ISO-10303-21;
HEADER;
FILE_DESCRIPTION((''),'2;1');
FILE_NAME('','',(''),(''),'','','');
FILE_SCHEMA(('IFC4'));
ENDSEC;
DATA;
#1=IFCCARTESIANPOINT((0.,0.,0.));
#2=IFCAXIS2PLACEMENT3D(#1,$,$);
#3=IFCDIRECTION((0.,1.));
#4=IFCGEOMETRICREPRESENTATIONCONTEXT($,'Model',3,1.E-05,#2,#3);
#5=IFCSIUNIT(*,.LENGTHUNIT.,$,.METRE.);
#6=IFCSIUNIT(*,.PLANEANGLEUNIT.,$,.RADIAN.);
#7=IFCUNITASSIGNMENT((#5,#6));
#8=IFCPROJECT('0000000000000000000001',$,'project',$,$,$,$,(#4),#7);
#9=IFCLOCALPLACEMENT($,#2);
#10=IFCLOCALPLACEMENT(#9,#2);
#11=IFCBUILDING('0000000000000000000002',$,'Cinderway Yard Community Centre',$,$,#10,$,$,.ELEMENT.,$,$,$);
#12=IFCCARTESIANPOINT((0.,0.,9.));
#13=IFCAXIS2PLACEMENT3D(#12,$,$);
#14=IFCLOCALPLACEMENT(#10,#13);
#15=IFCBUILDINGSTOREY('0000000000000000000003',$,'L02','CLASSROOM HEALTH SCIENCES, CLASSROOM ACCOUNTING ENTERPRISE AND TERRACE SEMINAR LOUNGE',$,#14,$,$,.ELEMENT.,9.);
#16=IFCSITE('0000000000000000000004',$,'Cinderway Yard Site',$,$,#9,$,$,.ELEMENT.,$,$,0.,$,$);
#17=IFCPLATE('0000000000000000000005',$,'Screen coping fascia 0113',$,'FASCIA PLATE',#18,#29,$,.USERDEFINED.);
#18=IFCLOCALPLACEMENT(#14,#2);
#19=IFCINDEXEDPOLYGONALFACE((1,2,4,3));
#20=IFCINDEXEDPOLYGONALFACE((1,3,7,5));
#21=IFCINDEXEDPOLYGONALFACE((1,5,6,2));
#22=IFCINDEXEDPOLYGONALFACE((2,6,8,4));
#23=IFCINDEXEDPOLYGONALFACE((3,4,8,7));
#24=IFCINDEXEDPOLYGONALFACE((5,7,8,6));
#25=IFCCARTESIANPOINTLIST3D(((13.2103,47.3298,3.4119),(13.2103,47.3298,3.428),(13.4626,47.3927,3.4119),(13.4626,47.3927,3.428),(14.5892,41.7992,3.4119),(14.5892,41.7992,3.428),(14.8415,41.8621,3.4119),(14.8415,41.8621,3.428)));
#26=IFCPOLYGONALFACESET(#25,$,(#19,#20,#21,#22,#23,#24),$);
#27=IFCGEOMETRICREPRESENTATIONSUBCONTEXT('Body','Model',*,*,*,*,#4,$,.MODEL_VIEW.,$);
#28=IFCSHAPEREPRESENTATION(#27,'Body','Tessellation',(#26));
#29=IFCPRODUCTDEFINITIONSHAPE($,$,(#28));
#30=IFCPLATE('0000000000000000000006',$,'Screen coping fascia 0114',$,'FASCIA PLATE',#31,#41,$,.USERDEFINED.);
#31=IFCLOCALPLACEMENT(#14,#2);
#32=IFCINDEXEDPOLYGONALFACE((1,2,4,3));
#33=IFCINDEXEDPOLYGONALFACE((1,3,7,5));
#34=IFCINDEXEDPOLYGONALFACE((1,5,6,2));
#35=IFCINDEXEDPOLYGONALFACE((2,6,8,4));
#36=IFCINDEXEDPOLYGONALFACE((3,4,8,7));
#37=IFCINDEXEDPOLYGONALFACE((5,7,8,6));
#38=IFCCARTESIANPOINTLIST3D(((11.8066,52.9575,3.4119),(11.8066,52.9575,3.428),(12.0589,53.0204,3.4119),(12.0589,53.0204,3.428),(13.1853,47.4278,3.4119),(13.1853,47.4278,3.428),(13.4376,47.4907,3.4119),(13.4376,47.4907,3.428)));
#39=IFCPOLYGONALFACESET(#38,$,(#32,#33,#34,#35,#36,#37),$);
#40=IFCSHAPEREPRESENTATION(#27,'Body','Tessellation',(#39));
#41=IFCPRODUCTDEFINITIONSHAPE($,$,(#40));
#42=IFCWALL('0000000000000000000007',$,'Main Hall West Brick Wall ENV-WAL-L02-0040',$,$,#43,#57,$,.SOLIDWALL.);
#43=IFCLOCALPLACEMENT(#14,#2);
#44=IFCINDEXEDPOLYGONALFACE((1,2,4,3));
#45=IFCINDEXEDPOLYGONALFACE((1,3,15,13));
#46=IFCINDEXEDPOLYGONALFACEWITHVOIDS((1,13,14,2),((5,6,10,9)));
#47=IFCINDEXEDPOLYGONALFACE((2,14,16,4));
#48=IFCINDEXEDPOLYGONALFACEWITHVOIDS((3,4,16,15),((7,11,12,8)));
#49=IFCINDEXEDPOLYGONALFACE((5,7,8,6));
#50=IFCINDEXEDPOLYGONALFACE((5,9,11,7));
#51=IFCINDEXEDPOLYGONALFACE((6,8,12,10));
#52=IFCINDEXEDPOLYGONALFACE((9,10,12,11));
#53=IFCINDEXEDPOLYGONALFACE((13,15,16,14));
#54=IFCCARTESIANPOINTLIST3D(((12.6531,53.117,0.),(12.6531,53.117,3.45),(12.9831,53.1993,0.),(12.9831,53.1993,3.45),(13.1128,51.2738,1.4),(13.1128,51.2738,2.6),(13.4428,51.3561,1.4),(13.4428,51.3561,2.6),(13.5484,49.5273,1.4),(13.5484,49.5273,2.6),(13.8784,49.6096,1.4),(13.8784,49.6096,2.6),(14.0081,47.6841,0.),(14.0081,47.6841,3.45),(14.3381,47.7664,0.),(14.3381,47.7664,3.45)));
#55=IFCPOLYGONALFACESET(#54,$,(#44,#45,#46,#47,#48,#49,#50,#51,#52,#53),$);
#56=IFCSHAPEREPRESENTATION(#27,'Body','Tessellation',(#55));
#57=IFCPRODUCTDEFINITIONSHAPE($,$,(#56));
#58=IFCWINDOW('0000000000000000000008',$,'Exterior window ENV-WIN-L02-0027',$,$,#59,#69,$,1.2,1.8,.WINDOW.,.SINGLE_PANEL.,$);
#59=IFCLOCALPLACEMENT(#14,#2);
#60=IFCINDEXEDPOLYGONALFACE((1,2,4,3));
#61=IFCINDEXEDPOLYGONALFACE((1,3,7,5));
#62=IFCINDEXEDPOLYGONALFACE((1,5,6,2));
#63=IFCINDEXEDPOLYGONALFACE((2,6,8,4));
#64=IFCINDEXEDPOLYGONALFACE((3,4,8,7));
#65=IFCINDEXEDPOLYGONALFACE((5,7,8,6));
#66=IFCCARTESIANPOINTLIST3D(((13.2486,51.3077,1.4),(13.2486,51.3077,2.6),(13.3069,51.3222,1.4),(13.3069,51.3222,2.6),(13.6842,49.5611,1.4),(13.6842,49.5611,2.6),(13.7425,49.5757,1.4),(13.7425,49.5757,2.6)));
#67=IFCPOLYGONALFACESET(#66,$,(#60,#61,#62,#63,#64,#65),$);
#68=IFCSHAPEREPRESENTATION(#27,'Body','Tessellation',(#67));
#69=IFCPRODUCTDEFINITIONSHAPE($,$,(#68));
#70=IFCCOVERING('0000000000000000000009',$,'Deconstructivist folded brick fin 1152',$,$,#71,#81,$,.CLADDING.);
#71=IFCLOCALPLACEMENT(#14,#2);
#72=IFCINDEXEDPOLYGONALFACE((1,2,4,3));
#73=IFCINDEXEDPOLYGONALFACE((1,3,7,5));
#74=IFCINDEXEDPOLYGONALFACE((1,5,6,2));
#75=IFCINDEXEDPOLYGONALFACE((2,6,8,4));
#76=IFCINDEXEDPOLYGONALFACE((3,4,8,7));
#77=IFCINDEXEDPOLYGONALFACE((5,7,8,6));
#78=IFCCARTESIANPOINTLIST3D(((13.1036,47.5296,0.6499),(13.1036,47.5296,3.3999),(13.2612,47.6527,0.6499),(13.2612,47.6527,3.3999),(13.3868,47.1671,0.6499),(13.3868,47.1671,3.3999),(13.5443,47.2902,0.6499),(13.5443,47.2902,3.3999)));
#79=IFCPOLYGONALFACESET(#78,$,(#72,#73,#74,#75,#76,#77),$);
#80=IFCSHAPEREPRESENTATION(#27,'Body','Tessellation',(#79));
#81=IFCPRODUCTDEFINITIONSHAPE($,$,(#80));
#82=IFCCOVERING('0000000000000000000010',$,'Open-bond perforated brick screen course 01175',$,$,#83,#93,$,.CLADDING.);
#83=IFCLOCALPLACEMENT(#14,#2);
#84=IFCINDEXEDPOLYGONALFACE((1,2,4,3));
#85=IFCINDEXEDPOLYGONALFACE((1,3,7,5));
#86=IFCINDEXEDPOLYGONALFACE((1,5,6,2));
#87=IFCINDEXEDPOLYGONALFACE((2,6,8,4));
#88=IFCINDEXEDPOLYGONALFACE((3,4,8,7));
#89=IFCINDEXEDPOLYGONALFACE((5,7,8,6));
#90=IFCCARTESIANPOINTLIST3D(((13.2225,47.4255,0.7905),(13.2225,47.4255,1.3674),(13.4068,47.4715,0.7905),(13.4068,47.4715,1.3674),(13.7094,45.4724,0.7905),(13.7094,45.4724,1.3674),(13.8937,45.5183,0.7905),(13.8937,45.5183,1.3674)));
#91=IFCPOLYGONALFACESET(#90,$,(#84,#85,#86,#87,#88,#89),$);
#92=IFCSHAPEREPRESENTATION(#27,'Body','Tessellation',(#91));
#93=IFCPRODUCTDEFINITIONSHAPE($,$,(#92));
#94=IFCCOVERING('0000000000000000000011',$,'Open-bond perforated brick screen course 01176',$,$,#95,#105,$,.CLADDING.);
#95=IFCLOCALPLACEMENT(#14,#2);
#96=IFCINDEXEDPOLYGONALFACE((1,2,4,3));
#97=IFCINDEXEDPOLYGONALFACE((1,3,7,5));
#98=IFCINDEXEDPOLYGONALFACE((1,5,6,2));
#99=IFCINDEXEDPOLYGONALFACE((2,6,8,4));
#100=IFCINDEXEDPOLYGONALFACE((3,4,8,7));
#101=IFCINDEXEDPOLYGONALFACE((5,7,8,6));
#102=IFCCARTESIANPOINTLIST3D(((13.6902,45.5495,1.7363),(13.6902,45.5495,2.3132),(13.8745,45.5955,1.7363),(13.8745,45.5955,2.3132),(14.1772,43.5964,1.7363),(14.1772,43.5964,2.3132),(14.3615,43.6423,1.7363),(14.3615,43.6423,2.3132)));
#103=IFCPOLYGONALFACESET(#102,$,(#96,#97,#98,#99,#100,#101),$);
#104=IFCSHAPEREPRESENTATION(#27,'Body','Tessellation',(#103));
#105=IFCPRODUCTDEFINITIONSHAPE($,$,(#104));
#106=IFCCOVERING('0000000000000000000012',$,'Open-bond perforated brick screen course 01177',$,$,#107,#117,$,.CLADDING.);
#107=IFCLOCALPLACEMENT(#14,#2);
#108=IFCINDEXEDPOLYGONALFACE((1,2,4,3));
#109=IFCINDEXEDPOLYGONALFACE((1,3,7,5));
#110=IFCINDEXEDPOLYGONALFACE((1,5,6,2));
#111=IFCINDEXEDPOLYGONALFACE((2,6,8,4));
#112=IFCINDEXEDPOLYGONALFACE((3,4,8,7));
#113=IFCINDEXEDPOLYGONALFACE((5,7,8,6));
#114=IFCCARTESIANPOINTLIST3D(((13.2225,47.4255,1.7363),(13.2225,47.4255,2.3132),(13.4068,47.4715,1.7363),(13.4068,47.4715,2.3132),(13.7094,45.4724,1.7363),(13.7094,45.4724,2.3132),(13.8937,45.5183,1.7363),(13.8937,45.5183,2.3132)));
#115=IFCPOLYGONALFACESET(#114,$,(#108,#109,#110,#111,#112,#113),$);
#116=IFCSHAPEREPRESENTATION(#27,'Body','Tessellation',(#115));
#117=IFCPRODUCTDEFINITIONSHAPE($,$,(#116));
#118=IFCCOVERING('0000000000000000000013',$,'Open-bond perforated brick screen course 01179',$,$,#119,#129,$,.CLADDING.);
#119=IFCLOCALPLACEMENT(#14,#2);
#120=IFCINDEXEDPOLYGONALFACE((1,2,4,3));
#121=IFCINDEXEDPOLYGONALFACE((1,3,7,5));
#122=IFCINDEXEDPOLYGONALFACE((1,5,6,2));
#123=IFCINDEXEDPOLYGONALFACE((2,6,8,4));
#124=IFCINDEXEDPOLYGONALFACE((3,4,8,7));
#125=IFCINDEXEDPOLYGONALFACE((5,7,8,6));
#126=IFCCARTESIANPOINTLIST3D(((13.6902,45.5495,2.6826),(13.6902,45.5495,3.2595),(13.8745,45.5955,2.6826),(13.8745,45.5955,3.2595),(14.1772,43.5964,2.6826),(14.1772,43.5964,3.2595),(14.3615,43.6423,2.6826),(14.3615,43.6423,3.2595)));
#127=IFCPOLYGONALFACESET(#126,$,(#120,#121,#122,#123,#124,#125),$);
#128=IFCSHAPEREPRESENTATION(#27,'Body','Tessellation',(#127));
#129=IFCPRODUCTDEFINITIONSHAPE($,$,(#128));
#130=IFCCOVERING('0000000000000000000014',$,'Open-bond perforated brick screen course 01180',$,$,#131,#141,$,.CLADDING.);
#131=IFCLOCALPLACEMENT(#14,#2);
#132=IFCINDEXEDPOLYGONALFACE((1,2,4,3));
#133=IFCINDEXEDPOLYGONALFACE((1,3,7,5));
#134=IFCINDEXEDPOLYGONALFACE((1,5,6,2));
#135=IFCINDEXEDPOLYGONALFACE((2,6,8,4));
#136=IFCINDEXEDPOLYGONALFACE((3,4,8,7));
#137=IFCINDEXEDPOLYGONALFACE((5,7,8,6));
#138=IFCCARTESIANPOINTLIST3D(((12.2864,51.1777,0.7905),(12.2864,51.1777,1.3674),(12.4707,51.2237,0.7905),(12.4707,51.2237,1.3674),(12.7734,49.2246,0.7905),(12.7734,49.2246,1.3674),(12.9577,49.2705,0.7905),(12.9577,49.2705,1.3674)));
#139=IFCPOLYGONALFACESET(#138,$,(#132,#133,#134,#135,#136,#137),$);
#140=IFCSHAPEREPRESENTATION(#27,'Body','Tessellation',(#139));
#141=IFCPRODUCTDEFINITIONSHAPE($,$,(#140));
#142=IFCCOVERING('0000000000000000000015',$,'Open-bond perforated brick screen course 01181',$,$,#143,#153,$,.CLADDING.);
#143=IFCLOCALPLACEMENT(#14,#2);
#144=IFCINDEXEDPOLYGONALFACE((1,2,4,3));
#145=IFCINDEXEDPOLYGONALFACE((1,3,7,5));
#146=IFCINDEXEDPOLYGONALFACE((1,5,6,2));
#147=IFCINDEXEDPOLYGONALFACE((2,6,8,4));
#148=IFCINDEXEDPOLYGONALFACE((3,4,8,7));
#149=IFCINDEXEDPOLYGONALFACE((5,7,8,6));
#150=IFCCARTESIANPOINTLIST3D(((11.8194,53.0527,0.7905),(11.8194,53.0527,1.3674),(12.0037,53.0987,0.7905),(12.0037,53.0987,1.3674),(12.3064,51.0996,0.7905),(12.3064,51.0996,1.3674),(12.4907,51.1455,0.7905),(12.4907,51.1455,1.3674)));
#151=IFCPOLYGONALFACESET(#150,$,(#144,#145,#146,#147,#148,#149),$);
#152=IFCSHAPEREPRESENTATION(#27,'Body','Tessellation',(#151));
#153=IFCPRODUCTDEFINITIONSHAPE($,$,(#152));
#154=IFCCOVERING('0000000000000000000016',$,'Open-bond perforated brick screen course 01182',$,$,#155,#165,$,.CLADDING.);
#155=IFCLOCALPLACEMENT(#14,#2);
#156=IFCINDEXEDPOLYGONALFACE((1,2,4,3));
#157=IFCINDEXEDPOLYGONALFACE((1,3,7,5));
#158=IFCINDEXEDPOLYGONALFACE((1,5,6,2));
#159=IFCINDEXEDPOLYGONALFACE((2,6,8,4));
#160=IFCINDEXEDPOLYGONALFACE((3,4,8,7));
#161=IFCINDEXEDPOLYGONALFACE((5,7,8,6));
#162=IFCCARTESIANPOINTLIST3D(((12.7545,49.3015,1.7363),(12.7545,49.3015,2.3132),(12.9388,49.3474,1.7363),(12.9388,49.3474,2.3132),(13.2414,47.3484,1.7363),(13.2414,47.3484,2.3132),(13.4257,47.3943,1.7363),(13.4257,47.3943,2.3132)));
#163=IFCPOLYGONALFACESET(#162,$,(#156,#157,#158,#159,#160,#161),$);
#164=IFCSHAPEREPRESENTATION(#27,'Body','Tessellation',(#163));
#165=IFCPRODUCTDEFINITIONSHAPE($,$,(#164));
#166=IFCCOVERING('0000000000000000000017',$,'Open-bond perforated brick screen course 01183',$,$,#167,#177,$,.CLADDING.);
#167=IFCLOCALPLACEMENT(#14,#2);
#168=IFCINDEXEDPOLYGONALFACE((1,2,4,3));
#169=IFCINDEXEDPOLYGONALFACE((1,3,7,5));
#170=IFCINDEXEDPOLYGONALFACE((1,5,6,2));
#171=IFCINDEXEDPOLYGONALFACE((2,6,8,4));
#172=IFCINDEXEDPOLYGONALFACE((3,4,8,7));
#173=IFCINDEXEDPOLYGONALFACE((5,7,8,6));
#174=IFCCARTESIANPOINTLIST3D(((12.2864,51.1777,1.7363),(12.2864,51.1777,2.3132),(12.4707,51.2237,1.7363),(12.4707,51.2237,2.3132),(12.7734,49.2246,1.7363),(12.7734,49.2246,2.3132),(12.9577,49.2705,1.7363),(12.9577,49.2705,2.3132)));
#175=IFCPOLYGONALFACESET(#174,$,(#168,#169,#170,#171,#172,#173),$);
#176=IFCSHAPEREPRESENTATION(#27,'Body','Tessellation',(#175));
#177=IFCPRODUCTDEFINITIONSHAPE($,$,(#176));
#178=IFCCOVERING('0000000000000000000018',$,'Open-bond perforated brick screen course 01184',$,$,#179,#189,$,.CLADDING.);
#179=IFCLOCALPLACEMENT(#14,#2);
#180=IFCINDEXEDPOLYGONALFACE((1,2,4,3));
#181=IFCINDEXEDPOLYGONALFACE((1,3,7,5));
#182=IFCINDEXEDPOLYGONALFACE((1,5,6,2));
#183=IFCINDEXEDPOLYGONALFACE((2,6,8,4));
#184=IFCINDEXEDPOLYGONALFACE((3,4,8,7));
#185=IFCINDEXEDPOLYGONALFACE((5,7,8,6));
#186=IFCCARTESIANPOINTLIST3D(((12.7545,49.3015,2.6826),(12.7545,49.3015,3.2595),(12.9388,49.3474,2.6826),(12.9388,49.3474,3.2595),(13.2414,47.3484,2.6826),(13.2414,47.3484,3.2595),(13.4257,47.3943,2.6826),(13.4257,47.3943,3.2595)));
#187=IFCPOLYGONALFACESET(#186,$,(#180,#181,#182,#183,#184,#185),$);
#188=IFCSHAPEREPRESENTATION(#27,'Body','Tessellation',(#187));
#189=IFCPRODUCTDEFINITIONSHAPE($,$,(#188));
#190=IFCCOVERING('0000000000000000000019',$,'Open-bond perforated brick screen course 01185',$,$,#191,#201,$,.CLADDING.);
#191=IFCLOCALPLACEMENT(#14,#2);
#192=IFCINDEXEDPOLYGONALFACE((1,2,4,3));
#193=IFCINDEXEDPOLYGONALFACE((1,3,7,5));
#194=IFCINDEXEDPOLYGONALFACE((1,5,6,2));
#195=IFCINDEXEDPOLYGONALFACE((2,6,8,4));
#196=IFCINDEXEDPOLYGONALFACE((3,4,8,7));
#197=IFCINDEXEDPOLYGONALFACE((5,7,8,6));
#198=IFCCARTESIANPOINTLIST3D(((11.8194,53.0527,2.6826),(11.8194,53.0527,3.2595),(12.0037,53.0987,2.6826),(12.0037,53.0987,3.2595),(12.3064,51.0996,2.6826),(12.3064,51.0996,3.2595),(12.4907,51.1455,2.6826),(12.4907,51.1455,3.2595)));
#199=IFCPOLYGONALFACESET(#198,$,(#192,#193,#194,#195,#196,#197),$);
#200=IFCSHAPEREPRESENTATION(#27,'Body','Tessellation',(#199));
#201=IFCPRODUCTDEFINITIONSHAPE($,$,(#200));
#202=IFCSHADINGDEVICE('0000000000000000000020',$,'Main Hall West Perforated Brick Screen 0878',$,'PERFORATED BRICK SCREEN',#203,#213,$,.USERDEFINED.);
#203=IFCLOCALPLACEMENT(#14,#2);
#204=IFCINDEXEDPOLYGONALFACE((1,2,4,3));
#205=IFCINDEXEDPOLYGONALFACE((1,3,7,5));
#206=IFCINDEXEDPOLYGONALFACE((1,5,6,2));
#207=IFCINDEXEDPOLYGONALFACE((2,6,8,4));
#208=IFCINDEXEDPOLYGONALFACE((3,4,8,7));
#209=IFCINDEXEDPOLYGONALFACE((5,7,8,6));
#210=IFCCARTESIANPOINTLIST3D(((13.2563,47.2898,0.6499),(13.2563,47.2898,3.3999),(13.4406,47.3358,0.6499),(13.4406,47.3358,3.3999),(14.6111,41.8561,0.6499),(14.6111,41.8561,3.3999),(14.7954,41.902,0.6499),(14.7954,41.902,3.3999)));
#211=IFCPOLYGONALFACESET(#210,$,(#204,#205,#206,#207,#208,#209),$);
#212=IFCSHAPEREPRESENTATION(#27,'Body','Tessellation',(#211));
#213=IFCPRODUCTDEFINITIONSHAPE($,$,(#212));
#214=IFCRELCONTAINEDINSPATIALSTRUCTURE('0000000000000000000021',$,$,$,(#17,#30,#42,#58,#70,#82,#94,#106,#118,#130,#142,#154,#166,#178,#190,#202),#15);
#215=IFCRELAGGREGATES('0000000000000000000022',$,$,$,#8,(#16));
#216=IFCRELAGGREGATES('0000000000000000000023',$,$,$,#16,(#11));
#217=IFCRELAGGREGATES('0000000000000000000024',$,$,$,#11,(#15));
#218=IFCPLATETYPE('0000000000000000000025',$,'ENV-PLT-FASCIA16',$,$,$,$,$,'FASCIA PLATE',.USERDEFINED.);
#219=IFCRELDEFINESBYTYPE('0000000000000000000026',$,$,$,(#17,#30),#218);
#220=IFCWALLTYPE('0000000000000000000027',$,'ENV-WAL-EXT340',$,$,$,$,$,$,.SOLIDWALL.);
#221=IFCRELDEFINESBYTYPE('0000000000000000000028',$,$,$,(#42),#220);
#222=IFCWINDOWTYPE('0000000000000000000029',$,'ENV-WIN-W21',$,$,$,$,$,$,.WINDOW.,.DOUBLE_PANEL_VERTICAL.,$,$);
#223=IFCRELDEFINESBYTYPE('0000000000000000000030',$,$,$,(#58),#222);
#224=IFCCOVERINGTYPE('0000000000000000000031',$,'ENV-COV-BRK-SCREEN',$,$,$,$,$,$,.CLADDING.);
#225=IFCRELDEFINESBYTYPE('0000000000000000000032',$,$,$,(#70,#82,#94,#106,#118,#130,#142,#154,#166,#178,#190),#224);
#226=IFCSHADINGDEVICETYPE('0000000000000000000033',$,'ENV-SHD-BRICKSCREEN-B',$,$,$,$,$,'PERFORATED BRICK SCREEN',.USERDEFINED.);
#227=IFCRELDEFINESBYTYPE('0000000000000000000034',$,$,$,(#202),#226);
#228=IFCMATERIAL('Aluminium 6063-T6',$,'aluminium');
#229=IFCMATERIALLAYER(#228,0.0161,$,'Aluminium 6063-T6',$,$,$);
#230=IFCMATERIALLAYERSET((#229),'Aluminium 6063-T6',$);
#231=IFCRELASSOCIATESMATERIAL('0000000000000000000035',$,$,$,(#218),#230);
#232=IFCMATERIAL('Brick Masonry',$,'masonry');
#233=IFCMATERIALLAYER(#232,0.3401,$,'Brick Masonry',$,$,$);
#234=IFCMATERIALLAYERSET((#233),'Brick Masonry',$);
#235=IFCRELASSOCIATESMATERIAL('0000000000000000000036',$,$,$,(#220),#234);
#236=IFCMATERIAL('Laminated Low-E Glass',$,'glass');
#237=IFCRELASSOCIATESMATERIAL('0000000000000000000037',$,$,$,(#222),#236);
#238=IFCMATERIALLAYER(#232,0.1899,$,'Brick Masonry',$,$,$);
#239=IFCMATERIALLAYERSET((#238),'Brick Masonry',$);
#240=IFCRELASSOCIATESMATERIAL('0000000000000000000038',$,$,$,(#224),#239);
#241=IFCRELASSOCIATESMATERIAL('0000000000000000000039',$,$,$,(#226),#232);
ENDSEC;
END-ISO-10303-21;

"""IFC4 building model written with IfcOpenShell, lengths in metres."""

from ifc_helpers import new_model, si_unit, direction, frame, frame_2d, origin, origin_2d, place, context, subcontext, project, spatial, rectangle, extrude, material, layer, layer_set, type_object, element, fill, save


model = new_model("IFC4")

# Units and contexts
model_context = context("Model", 3, precision=1e-05, world=origin(), true_north=direction((0.0, 1.0)))
body_context = subcontext(model_context, "Body", "Model", "MODEL_VIEW")
ifc_project = project(units=[si_unit("LENGTHUNIT", "METRE"), si_unit("PLANEANGLEUNIT", "RADIAN")], contexts=[model_context])

# Site, building, storey
site_placement = place(None, origin())
site = spatial("IfcSite", under=ifc_project, at=site_placement, Name="Cinderway Yard Site", CompositionType="ELEMENT", RefElevation=0.0)
building_placement = place(site_placement, origin())
building = spatial("IfcBuilding", under=site, at=building_placement, Name="Cinderway Yard Community Centre", CompositionType="ELEMENT")
storey_placement = place(building_placement, frame((0.0, 0.0, 9.0)))
storey = spatial("IfcBuildingStorey", under=building, at=storey_placement, Name="L02", Description="CLASSROOM HEALTH SCIENCES, CLASSROOM ACCOUNTING ENTERPRISE AND TERRACE SEMINAR LOUNGE", CompositionType="ELEMENT", Elevation=9.0)

# Plates
ifc_material_1 = material(Name="Aluminium 6063-T6", Category="aluminium")
ifc_layer_1 = layer(ifc_material_1, 0.0161, Name="Aluminium 6063-T6")
ifc_layer_set_1 = layer_set([ifc_layer_1], Name="Aluminium 6063-T6")
plate_type = type_object("IfcPlateType", Name="ENV-PLT-FASCIA16", ElementType="FASCIA PLATE", PredefinedType="USERDEFINED", material=ifc_layer_set_1)
plate_1_placement = place(storey_placement, frame((14.0259, 44.5959, 3.4119), z_axis=(0.0, 0.0, 1.0), x_axis=(-0.241922, 0.970296, 0.0)))
element("IfcPlate", 1, at=plate_1_placement, inside=storey, type_object=plate_type, Name="Screen coping fascia 0113", ObjectType="FASCIA PLATE", PredefinedType="USERDEFINED", context=body_context, shape_type="SweptSolid", body=[
    extrude(rectangle(XDim=5.7, YDim=0.26, at=origin_2d()), origin(), (0.0, 0.0, 1.0), 0.0161),
])
plate_2_placement = place(storey_placement, frame((12.6221, 50.2241, 3.4119), z_axis=(0.0, 0.0, 1.0), x_axis=(-0.241922, 0.970296, 0.0)))
element("IfcPlate", 2, at=plate_2_placement, inside=storey, type_object=plate_type, Name="Screen coping fascia 0114", ObjectType="FASCIA PLATE", PredefinedType="USERDEFINED", context=body_context, shape_type="SweptSolid", body=[
    extrude(rectangle(XDim=5.699, YDim=0.26, at=origin_2d()), origin(), (0.0, 0.0, 1.0), 0.0161),
])

# Wall, opening, window
ifc_material_2 = material(Name="Brick Masonry", Category="masonry")
ifc_layer_2 = layer(ifc_material_2, 0.3401, Name="Brick Masonry")
ifc_layer_set_2 = layer_set([ifc_layer_2], Name="Brick Masonry")
wall_type = type_object("IfcWallType", Name="ENV-WAL-EXT340", PredefinedType="SOLIDWALL", material=ifc_layer_set_2)
wall_placement = place(storey_placement, frame((14.1731, 47.7251, 0.0), z_axis=(0.0, 0.0, 1.0), x_axis=(-0.241992, 0.970278, 0.0)))
wall = element("IfcWall", 3, at=wall_placement, inside=storey, type_object=wall_type, Name="Main Hall West Brick Wall ENV-WAL-L02-0040", PredefinedType="SOLIDWALL", context=body_context, shape_type="SweptSolid", body=[
    extrude(rectangle(XDim=5.5994, YDim=0.3401, at=frame_2d((2.7998, 0.0))), origin(), (0.0, 0.0, 1.0), 3.45),
])
opening_placement = place(wall_placement, frame((1.8999, 0.0, 1.3999)))
opening = element("IfcOpeningElement", 4, at=opening_placement, cuts=wall, PredefinedType="OPENING", context=body_context, shape_type="SweptSolid", body=[
    extrude(rectangle(XDim=1.8, YDim=1.2, at=frame_2d((0.8999, 0.6001))), frame((0.0, 0.1799, 0.0), z_axis=(0.0, -1.0, 0.0), x_axis=(1.0, 0.0, 0.0)), (0.0, 0.0, 1.0), 0.3601),
])
ifc_material_3 = material(Name="Laminated Low-E Glass", Category="glass")
window_type = type_object("IfcWindowType", Name="ENV-WIN-W21", PartitioningType="DOUBLE_PANEL_VERTICAL", PredefinedType="WINDOW", material=ifc_material_3)
window_placement = place(opening_placement, origin())
window = element("IfcWindow", 5, at=window_placement, inside=storey, type_object=window_type, Name="Exterior window ENV-WIN-L02-0027", OverallHeight=1.2, OverallWidth=1.8, PartitioningType="SINGLE_PANEL", PredefinedType="WINDOW", context=body_context, shape_type="SweptSolid", body=[
    extrude(rectangle(XDim=1.8, YDim=1.2, at=frame_2d((0.8999, 0.6001))), frame((0.0, 0.03, 0.0), z_axis=(0.0, -1.0, 0.0), x_axis=(1.0, 0.0, 0.0)), (0.0, 0.0, 1.0), 0.0601),
])
fill(opening, window)

# Coverings
ifc_layer_3 = layer(ifc_material_2, 0.1899, Name="Brick Masonry")
ifc_layer_set_3 = layer_set([ifc_layer_3], Name="Brick Masonry")
covering_type = type_object("IfcCoveringType", Name="ENV-COV-BRK-SCREEN", PredefinedType="CLADDING", material=ifc_layer_set_3)
covering_placement = place(storey_placement, frame((13.324, 47.4099, 0.6499), z_axis=(0.0, 0.0, 1.0), x_axis=(-0.615661, 0.788011, 0.0)))
element("IfcCovering", 6, at=covering_placement, inside=storey, type_object=covering_type, Name="Deconstructivist folded brick fin 1152", PredefinedType="CLADDING", context=body_context, shape_type="SweptSolid", body=[
    extrude(rectangle(XDim=0.46, YDim=0.2, at=origin_2d()), origin(), (0.0, 0.0, 1.0), 2.75),
])
for number, where, z_axis, x_axis, name in (
    (7, (13.5581, 46.4719, 0.7905), (0.0, 0.0, 1.0), (-0.241922, 0.970296, 0.0), "Open-bond perforated brick screen course 01175"),
    (8, (14.0259, 44.5959, 1.7363), (0.0, 0.0, 1.0), (-0.241922, 0.970296, 0.0), "Open-bond perforated brick screen course 01176"),
    (9, (13.5581, 46.4719, 1.7363), (0.0, 0.0, 1.0), (-0.241922, 0.970296, 0.0), "Open-bond perforated brick screen course 01177"),
    (10, (14.0259, 44.5959, 2.6826), (0.0, 0.0, 1.0), (-0.241922, 0.970296, 0.0), "Open-bond perforated brick screen course 01179"),
    (11, (12.6221, 50.2241, 0.7905), (0.0, 0.0, 1.0), (-0.241922, 0.970296, 0.0), "Open-bond perforated brick screen course 01180"),
    (12, (12.155, 52.0991, 0.7905), (0.0, 0.0, 1.0), (-0.241922, 0.970296, 0.0), "Open-bond perforated brick screen course 01181"),
    (13, (13.0901, 48.3479, 1.7363), (0.0, 0.0, 1.0), (-0.241922, 0.970296, 0.0), "Open-bond perforated brick screen course 01182"),
    (14, (12.6221, 50.2241, 1.7363), (0.0, 0.0, 1.0), (-0.241922, 0.970296, 0.0), "Open-bond perforated brick screen course 01183"),
    (15, (13.0901, 48.3479, 2.6826), (0.0, 0.0, 1.0), (-0.241922, 0.970296, 0.0), "Open-bond perforated brick screen course 01184"),
    (16, (12.155, 52.0991, 2.6826), (0.0, 0.0, 1.0), (-0.241922, 0.970296, 0.0), "Open-bond perforated brick screen course 01185"),
):
    element("IfcCovering", number, at=place(storey_placement, frame(where, z_axis=z_axis, x_axis=x_axis)), inside=storey, type_object=covering_type, Name=name, PredefinedType="CLADDING", context=body_context, shape_type="SweptSolid", body=[
        extrude(rectangle(XDim=2.0129, YDim=0.1899, at=origin_2d()), origin(), (0.0, 0.0, 1.0), 0.5769),
    ])

# Shading device
shading_device_type = type_object("IfcShadingDeviceType", Name="ENV-SHD-BRICKSCREEN-B", ElementType="PERFORATED BRICK SCREEN", PredefinedType="USERDEFINED", material=ifc_material_2)
shading_device_1_placement = place(storey_placement, frame((14.0259, 44.5959, 0.6499), z_axis=(0.0, 0.0, 1.0), x_axis=(-0.241922, 0.970296, 0.0)))
element("IfcShadingDevice", 17, at=shading_device_1_placement, inside=storey, type_object=shading_device_type, Name="Main Hall West Perforated Brick Screen 0878", ObjectType="PERFORATED BRICK SCREEN", PredefinedType="USERDEFINED", context=body_context, shape_type="SweptSolid", body=[
    extrude(rectangle(XDim=5.6001, YDim=0.1899, at=origin_2d()), origin(), (0.0, 0.0, 1.0), 2.75),
])

save(model, "model.ifc")
